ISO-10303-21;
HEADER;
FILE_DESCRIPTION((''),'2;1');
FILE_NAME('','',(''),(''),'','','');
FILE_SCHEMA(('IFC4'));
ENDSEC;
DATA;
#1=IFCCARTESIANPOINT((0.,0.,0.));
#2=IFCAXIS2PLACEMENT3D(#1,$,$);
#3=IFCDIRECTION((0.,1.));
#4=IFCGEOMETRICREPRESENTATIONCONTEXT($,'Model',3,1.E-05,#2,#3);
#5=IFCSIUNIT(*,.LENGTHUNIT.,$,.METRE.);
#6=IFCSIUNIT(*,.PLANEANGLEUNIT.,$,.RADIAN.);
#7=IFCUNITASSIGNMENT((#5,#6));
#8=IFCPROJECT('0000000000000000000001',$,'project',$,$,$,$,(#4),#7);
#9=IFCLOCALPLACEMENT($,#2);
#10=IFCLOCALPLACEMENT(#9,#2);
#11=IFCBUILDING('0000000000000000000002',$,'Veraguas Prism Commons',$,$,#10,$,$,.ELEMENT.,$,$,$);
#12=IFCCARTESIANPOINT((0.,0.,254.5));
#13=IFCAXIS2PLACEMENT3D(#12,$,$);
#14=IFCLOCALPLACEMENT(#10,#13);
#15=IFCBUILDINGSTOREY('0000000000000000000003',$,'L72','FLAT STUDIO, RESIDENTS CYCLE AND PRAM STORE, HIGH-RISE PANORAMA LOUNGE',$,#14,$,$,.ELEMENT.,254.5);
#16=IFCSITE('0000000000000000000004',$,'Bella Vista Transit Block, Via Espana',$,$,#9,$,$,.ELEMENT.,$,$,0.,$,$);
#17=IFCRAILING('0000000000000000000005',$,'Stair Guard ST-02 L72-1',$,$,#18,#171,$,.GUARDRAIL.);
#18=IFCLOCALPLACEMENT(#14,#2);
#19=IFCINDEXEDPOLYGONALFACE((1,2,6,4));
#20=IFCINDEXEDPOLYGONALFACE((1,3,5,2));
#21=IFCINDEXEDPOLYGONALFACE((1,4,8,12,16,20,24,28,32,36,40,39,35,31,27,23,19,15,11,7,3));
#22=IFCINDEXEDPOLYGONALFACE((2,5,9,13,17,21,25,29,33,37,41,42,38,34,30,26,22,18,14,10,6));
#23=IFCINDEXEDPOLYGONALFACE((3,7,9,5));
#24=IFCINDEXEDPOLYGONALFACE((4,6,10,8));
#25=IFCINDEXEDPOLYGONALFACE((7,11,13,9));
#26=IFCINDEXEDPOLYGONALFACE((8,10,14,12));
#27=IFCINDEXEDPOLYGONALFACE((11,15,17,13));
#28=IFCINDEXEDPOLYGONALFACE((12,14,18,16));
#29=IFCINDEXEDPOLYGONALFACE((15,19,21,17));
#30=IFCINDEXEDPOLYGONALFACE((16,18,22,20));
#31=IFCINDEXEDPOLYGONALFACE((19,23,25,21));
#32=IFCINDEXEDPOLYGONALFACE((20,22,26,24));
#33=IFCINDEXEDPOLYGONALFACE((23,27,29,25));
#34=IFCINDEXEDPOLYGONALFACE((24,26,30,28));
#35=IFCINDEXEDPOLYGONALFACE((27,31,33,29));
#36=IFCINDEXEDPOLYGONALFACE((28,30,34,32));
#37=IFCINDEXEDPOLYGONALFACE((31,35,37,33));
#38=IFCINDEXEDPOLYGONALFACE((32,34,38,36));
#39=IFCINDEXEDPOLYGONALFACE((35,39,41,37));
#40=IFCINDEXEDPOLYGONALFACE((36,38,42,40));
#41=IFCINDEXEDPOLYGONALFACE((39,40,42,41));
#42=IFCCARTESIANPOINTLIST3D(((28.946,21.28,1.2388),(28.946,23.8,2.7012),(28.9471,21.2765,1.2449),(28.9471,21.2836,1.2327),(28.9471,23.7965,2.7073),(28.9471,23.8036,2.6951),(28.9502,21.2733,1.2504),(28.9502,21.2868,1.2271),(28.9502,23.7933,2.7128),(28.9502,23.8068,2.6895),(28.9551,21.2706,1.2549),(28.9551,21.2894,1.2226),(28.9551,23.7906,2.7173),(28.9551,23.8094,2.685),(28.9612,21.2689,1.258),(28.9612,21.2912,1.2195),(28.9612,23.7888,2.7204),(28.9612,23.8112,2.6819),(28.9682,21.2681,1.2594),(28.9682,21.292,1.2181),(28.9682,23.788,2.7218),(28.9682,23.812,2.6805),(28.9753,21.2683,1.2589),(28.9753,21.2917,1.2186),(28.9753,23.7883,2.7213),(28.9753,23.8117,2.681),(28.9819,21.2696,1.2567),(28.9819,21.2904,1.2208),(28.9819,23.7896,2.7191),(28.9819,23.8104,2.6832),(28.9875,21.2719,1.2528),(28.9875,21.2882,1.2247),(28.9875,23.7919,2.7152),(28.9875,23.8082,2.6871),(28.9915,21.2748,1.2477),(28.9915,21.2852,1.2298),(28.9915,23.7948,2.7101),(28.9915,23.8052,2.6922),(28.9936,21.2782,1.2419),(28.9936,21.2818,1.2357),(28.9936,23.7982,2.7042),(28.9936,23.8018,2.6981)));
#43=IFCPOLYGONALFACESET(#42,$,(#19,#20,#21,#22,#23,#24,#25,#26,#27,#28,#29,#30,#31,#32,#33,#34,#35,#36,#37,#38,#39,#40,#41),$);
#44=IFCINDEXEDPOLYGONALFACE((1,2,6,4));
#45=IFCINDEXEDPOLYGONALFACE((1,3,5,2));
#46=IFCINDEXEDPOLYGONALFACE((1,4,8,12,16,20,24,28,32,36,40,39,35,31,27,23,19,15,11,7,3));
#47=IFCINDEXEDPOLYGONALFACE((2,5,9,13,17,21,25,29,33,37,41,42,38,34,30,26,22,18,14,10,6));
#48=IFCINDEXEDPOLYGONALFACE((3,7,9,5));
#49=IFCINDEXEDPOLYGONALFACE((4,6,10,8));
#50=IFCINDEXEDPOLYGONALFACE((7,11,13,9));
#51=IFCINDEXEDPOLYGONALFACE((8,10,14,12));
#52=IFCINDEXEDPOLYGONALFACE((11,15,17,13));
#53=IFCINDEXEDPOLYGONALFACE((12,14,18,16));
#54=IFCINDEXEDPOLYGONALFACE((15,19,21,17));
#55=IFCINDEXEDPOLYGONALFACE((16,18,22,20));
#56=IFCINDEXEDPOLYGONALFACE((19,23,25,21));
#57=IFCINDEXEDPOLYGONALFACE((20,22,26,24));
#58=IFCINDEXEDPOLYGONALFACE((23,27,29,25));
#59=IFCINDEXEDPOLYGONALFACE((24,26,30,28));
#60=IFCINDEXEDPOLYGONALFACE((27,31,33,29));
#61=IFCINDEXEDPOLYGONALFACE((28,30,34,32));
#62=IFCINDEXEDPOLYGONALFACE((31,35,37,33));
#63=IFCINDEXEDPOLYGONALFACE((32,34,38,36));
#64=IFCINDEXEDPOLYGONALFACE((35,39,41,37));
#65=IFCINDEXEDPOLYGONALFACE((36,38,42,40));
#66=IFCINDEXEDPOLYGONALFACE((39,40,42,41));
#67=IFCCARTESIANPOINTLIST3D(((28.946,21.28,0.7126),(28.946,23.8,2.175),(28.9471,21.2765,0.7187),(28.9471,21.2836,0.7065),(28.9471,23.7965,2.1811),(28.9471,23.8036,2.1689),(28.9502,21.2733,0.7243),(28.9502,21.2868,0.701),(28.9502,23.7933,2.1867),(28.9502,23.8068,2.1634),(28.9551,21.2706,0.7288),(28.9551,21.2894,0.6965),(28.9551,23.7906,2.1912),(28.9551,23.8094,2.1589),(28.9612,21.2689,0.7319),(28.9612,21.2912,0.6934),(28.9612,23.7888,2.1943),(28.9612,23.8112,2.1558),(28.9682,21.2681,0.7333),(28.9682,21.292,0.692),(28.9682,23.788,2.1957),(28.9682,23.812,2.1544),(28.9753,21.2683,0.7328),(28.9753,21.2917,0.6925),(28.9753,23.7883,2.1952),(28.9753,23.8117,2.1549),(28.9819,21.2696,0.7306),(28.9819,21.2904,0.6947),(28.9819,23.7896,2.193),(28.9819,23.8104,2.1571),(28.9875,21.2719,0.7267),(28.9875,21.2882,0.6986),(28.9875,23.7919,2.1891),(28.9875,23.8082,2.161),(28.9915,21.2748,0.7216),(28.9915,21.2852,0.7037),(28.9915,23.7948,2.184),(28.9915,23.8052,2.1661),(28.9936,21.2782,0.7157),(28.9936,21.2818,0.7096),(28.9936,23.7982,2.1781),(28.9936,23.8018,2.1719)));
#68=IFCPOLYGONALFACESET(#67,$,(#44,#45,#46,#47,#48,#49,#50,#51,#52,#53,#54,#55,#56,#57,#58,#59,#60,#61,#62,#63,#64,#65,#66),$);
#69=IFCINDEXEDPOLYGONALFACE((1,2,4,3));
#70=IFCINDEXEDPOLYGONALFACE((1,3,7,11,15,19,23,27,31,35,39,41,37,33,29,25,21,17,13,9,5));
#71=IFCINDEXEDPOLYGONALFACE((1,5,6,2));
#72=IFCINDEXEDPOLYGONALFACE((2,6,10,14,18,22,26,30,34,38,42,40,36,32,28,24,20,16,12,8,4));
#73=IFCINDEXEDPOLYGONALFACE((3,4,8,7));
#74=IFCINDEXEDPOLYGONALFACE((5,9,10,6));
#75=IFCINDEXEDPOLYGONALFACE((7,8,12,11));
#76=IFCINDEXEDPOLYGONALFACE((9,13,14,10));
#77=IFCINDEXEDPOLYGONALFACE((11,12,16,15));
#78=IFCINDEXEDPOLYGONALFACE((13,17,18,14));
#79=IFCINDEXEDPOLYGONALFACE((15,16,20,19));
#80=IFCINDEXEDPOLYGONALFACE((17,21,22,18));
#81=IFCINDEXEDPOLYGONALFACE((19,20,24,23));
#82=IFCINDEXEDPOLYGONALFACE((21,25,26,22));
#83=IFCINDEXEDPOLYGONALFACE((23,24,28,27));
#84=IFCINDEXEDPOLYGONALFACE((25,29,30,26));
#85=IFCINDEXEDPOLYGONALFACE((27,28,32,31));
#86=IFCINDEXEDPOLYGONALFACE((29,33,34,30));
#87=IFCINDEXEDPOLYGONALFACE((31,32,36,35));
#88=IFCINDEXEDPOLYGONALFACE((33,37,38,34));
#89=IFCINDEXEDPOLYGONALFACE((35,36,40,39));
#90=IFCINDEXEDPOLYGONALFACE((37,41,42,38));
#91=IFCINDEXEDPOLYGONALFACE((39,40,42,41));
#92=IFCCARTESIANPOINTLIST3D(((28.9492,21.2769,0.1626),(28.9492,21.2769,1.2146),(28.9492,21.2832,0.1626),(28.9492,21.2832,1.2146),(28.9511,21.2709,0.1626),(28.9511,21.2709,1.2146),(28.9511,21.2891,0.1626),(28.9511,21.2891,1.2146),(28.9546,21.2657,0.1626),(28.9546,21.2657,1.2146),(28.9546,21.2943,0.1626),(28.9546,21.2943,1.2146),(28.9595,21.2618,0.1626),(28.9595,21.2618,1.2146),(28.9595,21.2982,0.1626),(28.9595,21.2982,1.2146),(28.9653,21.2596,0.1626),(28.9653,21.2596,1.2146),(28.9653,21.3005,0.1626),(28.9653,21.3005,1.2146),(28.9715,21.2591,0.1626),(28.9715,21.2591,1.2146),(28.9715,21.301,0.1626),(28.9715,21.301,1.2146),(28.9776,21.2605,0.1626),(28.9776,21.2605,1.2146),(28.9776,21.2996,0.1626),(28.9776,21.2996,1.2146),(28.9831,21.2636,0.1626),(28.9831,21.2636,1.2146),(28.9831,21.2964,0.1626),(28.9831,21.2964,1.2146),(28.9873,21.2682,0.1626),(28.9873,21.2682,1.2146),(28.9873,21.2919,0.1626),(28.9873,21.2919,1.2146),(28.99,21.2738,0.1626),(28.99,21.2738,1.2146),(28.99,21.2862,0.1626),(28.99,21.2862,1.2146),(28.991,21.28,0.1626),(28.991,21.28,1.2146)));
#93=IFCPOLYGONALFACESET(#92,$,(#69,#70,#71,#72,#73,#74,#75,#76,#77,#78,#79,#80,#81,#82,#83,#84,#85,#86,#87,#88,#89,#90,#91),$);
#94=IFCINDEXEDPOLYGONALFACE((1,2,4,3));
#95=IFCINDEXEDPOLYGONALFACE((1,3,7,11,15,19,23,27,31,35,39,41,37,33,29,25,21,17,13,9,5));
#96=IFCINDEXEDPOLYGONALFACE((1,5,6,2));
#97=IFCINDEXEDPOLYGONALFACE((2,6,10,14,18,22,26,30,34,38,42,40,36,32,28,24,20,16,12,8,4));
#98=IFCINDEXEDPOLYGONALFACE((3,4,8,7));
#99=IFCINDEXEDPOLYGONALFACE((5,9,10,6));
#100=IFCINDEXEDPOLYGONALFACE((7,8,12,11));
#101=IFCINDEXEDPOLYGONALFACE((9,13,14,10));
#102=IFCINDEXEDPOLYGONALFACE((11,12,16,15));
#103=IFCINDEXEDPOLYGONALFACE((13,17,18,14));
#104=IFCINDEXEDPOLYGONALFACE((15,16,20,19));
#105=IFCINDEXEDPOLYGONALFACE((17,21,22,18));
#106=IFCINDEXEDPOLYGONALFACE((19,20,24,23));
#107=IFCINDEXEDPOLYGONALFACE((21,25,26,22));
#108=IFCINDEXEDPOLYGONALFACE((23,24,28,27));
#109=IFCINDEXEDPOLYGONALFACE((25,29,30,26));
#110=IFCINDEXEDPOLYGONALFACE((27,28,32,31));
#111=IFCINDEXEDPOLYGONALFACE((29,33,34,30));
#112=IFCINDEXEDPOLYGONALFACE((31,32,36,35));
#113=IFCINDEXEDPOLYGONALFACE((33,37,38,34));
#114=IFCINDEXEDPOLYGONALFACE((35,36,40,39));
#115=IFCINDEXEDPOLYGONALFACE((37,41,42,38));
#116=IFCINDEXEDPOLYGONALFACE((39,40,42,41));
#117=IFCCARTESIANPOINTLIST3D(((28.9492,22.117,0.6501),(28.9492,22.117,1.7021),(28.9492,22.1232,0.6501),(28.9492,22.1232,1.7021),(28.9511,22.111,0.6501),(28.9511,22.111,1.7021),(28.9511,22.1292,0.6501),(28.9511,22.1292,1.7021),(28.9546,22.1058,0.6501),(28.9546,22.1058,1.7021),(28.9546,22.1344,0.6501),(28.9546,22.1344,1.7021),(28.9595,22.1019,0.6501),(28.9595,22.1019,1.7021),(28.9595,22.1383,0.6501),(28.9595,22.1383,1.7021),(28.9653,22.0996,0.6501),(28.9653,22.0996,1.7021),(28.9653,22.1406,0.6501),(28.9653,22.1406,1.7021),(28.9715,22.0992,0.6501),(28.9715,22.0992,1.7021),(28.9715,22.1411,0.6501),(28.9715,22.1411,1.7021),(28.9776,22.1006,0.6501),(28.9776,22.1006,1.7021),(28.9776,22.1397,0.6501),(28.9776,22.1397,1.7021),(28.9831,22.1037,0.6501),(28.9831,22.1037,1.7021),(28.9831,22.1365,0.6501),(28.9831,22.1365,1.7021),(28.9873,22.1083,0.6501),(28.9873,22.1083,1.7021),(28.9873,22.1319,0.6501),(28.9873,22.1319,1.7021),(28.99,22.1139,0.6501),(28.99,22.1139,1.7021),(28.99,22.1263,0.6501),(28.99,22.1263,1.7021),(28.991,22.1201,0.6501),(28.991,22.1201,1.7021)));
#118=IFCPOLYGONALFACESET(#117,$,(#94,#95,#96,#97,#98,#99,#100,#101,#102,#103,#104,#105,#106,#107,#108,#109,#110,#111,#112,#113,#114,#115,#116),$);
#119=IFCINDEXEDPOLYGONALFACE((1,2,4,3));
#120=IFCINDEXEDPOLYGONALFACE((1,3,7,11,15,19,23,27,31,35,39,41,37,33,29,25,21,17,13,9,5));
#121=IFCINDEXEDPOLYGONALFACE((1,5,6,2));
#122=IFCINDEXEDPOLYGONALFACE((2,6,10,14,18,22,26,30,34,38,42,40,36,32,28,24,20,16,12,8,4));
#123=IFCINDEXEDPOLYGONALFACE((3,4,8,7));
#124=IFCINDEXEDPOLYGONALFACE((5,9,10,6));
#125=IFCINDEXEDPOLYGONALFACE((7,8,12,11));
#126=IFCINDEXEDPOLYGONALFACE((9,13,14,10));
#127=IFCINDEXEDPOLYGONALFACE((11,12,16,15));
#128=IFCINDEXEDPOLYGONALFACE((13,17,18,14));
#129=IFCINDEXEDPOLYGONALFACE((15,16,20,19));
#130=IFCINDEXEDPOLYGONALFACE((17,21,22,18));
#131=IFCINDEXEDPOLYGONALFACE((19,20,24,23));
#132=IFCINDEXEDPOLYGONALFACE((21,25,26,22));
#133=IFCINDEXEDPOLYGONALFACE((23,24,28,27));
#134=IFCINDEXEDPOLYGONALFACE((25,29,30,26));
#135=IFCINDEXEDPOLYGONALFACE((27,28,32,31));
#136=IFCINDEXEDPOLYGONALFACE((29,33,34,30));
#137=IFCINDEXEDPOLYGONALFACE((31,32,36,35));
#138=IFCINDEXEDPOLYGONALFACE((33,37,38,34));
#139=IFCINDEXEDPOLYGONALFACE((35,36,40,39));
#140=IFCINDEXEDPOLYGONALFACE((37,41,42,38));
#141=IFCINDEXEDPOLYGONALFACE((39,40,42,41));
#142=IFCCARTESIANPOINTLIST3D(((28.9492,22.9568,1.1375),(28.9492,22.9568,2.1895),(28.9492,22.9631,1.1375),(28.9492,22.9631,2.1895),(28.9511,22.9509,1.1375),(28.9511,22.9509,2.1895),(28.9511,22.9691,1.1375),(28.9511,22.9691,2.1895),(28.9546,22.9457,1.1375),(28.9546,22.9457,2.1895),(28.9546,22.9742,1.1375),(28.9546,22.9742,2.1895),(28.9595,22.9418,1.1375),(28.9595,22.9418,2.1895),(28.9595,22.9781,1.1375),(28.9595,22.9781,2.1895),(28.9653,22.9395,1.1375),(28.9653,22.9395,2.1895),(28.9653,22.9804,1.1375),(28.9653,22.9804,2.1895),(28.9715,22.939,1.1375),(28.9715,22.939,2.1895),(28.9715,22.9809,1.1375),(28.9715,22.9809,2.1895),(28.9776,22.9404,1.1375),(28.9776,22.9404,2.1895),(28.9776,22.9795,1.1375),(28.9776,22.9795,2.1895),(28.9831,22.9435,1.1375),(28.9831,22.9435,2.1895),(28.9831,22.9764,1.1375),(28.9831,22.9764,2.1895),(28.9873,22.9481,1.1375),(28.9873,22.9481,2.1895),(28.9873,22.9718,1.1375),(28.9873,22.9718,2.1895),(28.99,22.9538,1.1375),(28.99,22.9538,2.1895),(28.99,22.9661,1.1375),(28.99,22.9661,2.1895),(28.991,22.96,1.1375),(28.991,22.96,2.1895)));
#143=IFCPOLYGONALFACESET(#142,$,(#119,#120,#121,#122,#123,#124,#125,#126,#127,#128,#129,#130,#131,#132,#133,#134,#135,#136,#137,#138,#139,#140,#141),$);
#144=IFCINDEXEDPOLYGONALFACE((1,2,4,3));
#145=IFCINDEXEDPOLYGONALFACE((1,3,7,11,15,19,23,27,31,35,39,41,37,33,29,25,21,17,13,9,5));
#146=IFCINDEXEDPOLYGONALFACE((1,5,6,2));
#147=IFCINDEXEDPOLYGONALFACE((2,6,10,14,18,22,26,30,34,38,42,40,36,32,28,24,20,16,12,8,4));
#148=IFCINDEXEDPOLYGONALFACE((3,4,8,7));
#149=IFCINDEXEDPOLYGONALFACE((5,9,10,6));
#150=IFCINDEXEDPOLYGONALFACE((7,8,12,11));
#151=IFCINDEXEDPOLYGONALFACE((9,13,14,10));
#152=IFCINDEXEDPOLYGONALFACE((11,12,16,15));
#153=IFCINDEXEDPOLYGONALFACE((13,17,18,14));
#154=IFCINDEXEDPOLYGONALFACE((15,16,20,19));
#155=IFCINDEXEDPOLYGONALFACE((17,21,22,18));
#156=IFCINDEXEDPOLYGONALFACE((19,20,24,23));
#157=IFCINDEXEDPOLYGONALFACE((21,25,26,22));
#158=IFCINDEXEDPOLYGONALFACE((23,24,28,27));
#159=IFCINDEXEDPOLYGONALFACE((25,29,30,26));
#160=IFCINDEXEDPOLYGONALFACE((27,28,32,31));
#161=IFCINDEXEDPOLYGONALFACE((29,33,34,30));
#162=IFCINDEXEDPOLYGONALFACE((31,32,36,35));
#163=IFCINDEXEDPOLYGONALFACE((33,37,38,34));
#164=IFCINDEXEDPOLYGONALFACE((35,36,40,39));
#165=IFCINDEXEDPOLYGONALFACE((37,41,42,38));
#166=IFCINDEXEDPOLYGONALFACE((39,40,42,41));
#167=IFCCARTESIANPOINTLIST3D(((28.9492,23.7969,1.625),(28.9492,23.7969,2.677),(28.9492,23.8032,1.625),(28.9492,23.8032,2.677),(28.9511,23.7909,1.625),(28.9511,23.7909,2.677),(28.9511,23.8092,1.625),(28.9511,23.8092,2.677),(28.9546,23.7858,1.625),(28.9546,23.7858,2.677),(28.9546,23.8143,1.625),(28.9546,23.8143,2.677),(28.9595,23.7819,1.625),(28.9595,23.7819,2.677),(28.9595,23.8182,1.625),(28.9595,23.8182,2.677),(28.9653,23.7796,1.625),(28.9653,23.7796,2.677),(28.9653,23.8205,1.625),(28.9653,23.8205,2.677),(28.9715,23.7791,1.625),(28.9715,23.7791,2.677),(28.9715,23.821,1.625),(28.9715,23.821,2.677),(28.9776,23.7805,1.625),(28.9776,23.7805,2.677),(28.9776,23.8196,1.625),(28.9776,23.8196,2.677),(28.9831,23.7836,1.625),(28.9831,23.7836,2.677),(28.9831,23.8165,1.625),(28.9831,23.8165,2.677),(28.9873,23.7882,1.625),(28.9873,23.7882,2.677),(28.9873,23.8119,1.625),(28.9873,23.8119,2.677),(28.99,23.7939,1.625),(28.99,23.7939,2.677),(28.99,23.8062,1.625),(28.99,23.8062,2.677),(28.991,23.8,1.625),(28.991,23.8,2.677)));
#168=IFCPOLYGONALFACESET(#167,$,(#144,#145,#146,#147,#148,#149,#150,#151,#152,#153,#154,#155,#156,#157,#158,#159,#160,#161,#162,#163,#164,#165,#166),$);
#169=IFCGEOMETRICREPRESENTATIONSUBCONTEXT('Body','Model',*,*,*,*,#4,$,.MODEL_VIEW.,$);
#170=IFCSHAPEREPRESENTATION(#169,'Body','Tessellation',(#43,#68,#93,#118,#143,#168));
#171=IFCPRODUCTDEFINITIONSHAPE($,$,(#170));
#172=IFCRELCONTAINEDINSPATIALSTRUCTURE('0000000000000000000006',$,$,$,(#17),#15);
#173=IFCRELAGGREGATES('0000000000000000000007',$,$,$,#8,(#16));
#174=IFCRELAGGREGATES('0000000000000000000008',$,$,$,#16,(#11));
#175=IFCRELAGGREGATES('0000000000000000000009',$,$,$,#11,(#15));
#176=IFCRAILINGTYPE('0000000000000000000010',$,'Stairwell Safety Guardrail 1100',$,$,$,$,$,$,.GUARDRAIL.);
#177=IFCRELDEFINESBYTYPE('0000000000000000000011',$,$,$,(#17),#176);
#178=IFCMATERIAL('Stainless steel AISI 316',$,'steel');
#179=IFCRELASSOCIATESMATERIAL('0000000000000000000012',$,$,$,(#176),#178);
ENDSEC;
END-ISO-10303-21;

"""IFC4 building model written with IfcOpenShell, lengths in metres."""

from ifc_helpers import new_model, si_unit, direction, frame, origin, origin_2d, place, context, subcontext, project, spatial, circle, extrude, material, type_object, element, save


model = new_model("IFC4")

# Units and contexts
model_context = context("Model", 3, precision=1e-05, world=origin(), true_north=direction((0.0, 1.0)))
body_context = subcontext(model_context, "Body", "Model", "MODEL_VIEW")
ifc_project = project(units=[si_unit("LENGTHUNIT", "METRE"), si_unit("PLANEANGLEUNIT", "RADIAN")], contexts=[model_context])

# Site, building, storey
site_placement = place(None, origin())
site = spatial("IfcSite", under=ifc_project, at=site_placement, Name="Bella Vista Transit Block, Via Espana", CompositionType="ELEMENT", RefElevation=0.0)
building_placement = place(site_placement, origin())
building = spatial("IfcBuilding", under=site, at=building_placement, Name="Veraguas Prism Commons", CompositionType="ELEMENT")
storey_placement = place(building_placement, frame((0.0, 0.0, 254.5)))
storey = spatial("IfcBuildingStorey", under=building, at=storey_placement, Name="L72", Description="FLAT STUDIO, RESIDENTS CYCLE AND PRAM STORE, HIGH-RISE PANORAMA LOUNGE", CompositionType="ELEMENT", Elevation=254.5)

# Railing
ifc_material_1 = material(Name="Stainless steel AISI 316", Category="steel")
railing_type_1 = type_object("IfcRailingType", Name="Stairwell Safety Guardrail 1100", PredefinedType="GUARDRAIL", material=ifc_material_1)
railing_1_placement = place(storey_placement, frame((28.97, 21.28, 0.1626)))
element("IfcRailing", 1, at=railing_1_placement, inside=storey, type_object=railing_type_1, Name="Stair Guard ST-02 L72-1", PredefinedType="GUARDRAIL", context=body_context, shape_type="SweptSolid", body=[
    extrude(circle(Radius=0.0239, at=origin_2d()), frame((0.0, 0.0, 1.0762), z_axis=(0.0, 0.864913, 0.501921), x_axis=(-1.0, 0.0, 0.0)), (0.0, 0.0, 1.0), 2.9136),
    extrude(circle(Radius=0.0239, at=origin_2d()), frame((0.0, 0.0, 0.55), z_axis=(0.0, 0.864913, 0.501921), x_axis=(-1.0, 0.0, 0.0)), (0.0, 0.0, 1.0), 2.9136),
    extrude(circle(Radius=0.021, at=origin_2d()), origin(), (0.0, 0.0, 1.0), 1.052),
    extrude(circle(Radius=0.021, at=origin_2d()), frame((0.0, 0.8401, 0.4875)), (0.0, 0.0, 1.0), 1.052),
    extrude(circle(Radius=0.021, at=origin_2d()), frame((0.0, 1.6799, 0.9749)), (0.0, 0.0, 1.0), 1.052),
    extrude(circle(Radius=0.021, at=origin_2d()), frame((0.0, 2.52, 1.4624)), (0.0, 0.0, 1.0), 1.052),
])

save(model, "model.ifc")
